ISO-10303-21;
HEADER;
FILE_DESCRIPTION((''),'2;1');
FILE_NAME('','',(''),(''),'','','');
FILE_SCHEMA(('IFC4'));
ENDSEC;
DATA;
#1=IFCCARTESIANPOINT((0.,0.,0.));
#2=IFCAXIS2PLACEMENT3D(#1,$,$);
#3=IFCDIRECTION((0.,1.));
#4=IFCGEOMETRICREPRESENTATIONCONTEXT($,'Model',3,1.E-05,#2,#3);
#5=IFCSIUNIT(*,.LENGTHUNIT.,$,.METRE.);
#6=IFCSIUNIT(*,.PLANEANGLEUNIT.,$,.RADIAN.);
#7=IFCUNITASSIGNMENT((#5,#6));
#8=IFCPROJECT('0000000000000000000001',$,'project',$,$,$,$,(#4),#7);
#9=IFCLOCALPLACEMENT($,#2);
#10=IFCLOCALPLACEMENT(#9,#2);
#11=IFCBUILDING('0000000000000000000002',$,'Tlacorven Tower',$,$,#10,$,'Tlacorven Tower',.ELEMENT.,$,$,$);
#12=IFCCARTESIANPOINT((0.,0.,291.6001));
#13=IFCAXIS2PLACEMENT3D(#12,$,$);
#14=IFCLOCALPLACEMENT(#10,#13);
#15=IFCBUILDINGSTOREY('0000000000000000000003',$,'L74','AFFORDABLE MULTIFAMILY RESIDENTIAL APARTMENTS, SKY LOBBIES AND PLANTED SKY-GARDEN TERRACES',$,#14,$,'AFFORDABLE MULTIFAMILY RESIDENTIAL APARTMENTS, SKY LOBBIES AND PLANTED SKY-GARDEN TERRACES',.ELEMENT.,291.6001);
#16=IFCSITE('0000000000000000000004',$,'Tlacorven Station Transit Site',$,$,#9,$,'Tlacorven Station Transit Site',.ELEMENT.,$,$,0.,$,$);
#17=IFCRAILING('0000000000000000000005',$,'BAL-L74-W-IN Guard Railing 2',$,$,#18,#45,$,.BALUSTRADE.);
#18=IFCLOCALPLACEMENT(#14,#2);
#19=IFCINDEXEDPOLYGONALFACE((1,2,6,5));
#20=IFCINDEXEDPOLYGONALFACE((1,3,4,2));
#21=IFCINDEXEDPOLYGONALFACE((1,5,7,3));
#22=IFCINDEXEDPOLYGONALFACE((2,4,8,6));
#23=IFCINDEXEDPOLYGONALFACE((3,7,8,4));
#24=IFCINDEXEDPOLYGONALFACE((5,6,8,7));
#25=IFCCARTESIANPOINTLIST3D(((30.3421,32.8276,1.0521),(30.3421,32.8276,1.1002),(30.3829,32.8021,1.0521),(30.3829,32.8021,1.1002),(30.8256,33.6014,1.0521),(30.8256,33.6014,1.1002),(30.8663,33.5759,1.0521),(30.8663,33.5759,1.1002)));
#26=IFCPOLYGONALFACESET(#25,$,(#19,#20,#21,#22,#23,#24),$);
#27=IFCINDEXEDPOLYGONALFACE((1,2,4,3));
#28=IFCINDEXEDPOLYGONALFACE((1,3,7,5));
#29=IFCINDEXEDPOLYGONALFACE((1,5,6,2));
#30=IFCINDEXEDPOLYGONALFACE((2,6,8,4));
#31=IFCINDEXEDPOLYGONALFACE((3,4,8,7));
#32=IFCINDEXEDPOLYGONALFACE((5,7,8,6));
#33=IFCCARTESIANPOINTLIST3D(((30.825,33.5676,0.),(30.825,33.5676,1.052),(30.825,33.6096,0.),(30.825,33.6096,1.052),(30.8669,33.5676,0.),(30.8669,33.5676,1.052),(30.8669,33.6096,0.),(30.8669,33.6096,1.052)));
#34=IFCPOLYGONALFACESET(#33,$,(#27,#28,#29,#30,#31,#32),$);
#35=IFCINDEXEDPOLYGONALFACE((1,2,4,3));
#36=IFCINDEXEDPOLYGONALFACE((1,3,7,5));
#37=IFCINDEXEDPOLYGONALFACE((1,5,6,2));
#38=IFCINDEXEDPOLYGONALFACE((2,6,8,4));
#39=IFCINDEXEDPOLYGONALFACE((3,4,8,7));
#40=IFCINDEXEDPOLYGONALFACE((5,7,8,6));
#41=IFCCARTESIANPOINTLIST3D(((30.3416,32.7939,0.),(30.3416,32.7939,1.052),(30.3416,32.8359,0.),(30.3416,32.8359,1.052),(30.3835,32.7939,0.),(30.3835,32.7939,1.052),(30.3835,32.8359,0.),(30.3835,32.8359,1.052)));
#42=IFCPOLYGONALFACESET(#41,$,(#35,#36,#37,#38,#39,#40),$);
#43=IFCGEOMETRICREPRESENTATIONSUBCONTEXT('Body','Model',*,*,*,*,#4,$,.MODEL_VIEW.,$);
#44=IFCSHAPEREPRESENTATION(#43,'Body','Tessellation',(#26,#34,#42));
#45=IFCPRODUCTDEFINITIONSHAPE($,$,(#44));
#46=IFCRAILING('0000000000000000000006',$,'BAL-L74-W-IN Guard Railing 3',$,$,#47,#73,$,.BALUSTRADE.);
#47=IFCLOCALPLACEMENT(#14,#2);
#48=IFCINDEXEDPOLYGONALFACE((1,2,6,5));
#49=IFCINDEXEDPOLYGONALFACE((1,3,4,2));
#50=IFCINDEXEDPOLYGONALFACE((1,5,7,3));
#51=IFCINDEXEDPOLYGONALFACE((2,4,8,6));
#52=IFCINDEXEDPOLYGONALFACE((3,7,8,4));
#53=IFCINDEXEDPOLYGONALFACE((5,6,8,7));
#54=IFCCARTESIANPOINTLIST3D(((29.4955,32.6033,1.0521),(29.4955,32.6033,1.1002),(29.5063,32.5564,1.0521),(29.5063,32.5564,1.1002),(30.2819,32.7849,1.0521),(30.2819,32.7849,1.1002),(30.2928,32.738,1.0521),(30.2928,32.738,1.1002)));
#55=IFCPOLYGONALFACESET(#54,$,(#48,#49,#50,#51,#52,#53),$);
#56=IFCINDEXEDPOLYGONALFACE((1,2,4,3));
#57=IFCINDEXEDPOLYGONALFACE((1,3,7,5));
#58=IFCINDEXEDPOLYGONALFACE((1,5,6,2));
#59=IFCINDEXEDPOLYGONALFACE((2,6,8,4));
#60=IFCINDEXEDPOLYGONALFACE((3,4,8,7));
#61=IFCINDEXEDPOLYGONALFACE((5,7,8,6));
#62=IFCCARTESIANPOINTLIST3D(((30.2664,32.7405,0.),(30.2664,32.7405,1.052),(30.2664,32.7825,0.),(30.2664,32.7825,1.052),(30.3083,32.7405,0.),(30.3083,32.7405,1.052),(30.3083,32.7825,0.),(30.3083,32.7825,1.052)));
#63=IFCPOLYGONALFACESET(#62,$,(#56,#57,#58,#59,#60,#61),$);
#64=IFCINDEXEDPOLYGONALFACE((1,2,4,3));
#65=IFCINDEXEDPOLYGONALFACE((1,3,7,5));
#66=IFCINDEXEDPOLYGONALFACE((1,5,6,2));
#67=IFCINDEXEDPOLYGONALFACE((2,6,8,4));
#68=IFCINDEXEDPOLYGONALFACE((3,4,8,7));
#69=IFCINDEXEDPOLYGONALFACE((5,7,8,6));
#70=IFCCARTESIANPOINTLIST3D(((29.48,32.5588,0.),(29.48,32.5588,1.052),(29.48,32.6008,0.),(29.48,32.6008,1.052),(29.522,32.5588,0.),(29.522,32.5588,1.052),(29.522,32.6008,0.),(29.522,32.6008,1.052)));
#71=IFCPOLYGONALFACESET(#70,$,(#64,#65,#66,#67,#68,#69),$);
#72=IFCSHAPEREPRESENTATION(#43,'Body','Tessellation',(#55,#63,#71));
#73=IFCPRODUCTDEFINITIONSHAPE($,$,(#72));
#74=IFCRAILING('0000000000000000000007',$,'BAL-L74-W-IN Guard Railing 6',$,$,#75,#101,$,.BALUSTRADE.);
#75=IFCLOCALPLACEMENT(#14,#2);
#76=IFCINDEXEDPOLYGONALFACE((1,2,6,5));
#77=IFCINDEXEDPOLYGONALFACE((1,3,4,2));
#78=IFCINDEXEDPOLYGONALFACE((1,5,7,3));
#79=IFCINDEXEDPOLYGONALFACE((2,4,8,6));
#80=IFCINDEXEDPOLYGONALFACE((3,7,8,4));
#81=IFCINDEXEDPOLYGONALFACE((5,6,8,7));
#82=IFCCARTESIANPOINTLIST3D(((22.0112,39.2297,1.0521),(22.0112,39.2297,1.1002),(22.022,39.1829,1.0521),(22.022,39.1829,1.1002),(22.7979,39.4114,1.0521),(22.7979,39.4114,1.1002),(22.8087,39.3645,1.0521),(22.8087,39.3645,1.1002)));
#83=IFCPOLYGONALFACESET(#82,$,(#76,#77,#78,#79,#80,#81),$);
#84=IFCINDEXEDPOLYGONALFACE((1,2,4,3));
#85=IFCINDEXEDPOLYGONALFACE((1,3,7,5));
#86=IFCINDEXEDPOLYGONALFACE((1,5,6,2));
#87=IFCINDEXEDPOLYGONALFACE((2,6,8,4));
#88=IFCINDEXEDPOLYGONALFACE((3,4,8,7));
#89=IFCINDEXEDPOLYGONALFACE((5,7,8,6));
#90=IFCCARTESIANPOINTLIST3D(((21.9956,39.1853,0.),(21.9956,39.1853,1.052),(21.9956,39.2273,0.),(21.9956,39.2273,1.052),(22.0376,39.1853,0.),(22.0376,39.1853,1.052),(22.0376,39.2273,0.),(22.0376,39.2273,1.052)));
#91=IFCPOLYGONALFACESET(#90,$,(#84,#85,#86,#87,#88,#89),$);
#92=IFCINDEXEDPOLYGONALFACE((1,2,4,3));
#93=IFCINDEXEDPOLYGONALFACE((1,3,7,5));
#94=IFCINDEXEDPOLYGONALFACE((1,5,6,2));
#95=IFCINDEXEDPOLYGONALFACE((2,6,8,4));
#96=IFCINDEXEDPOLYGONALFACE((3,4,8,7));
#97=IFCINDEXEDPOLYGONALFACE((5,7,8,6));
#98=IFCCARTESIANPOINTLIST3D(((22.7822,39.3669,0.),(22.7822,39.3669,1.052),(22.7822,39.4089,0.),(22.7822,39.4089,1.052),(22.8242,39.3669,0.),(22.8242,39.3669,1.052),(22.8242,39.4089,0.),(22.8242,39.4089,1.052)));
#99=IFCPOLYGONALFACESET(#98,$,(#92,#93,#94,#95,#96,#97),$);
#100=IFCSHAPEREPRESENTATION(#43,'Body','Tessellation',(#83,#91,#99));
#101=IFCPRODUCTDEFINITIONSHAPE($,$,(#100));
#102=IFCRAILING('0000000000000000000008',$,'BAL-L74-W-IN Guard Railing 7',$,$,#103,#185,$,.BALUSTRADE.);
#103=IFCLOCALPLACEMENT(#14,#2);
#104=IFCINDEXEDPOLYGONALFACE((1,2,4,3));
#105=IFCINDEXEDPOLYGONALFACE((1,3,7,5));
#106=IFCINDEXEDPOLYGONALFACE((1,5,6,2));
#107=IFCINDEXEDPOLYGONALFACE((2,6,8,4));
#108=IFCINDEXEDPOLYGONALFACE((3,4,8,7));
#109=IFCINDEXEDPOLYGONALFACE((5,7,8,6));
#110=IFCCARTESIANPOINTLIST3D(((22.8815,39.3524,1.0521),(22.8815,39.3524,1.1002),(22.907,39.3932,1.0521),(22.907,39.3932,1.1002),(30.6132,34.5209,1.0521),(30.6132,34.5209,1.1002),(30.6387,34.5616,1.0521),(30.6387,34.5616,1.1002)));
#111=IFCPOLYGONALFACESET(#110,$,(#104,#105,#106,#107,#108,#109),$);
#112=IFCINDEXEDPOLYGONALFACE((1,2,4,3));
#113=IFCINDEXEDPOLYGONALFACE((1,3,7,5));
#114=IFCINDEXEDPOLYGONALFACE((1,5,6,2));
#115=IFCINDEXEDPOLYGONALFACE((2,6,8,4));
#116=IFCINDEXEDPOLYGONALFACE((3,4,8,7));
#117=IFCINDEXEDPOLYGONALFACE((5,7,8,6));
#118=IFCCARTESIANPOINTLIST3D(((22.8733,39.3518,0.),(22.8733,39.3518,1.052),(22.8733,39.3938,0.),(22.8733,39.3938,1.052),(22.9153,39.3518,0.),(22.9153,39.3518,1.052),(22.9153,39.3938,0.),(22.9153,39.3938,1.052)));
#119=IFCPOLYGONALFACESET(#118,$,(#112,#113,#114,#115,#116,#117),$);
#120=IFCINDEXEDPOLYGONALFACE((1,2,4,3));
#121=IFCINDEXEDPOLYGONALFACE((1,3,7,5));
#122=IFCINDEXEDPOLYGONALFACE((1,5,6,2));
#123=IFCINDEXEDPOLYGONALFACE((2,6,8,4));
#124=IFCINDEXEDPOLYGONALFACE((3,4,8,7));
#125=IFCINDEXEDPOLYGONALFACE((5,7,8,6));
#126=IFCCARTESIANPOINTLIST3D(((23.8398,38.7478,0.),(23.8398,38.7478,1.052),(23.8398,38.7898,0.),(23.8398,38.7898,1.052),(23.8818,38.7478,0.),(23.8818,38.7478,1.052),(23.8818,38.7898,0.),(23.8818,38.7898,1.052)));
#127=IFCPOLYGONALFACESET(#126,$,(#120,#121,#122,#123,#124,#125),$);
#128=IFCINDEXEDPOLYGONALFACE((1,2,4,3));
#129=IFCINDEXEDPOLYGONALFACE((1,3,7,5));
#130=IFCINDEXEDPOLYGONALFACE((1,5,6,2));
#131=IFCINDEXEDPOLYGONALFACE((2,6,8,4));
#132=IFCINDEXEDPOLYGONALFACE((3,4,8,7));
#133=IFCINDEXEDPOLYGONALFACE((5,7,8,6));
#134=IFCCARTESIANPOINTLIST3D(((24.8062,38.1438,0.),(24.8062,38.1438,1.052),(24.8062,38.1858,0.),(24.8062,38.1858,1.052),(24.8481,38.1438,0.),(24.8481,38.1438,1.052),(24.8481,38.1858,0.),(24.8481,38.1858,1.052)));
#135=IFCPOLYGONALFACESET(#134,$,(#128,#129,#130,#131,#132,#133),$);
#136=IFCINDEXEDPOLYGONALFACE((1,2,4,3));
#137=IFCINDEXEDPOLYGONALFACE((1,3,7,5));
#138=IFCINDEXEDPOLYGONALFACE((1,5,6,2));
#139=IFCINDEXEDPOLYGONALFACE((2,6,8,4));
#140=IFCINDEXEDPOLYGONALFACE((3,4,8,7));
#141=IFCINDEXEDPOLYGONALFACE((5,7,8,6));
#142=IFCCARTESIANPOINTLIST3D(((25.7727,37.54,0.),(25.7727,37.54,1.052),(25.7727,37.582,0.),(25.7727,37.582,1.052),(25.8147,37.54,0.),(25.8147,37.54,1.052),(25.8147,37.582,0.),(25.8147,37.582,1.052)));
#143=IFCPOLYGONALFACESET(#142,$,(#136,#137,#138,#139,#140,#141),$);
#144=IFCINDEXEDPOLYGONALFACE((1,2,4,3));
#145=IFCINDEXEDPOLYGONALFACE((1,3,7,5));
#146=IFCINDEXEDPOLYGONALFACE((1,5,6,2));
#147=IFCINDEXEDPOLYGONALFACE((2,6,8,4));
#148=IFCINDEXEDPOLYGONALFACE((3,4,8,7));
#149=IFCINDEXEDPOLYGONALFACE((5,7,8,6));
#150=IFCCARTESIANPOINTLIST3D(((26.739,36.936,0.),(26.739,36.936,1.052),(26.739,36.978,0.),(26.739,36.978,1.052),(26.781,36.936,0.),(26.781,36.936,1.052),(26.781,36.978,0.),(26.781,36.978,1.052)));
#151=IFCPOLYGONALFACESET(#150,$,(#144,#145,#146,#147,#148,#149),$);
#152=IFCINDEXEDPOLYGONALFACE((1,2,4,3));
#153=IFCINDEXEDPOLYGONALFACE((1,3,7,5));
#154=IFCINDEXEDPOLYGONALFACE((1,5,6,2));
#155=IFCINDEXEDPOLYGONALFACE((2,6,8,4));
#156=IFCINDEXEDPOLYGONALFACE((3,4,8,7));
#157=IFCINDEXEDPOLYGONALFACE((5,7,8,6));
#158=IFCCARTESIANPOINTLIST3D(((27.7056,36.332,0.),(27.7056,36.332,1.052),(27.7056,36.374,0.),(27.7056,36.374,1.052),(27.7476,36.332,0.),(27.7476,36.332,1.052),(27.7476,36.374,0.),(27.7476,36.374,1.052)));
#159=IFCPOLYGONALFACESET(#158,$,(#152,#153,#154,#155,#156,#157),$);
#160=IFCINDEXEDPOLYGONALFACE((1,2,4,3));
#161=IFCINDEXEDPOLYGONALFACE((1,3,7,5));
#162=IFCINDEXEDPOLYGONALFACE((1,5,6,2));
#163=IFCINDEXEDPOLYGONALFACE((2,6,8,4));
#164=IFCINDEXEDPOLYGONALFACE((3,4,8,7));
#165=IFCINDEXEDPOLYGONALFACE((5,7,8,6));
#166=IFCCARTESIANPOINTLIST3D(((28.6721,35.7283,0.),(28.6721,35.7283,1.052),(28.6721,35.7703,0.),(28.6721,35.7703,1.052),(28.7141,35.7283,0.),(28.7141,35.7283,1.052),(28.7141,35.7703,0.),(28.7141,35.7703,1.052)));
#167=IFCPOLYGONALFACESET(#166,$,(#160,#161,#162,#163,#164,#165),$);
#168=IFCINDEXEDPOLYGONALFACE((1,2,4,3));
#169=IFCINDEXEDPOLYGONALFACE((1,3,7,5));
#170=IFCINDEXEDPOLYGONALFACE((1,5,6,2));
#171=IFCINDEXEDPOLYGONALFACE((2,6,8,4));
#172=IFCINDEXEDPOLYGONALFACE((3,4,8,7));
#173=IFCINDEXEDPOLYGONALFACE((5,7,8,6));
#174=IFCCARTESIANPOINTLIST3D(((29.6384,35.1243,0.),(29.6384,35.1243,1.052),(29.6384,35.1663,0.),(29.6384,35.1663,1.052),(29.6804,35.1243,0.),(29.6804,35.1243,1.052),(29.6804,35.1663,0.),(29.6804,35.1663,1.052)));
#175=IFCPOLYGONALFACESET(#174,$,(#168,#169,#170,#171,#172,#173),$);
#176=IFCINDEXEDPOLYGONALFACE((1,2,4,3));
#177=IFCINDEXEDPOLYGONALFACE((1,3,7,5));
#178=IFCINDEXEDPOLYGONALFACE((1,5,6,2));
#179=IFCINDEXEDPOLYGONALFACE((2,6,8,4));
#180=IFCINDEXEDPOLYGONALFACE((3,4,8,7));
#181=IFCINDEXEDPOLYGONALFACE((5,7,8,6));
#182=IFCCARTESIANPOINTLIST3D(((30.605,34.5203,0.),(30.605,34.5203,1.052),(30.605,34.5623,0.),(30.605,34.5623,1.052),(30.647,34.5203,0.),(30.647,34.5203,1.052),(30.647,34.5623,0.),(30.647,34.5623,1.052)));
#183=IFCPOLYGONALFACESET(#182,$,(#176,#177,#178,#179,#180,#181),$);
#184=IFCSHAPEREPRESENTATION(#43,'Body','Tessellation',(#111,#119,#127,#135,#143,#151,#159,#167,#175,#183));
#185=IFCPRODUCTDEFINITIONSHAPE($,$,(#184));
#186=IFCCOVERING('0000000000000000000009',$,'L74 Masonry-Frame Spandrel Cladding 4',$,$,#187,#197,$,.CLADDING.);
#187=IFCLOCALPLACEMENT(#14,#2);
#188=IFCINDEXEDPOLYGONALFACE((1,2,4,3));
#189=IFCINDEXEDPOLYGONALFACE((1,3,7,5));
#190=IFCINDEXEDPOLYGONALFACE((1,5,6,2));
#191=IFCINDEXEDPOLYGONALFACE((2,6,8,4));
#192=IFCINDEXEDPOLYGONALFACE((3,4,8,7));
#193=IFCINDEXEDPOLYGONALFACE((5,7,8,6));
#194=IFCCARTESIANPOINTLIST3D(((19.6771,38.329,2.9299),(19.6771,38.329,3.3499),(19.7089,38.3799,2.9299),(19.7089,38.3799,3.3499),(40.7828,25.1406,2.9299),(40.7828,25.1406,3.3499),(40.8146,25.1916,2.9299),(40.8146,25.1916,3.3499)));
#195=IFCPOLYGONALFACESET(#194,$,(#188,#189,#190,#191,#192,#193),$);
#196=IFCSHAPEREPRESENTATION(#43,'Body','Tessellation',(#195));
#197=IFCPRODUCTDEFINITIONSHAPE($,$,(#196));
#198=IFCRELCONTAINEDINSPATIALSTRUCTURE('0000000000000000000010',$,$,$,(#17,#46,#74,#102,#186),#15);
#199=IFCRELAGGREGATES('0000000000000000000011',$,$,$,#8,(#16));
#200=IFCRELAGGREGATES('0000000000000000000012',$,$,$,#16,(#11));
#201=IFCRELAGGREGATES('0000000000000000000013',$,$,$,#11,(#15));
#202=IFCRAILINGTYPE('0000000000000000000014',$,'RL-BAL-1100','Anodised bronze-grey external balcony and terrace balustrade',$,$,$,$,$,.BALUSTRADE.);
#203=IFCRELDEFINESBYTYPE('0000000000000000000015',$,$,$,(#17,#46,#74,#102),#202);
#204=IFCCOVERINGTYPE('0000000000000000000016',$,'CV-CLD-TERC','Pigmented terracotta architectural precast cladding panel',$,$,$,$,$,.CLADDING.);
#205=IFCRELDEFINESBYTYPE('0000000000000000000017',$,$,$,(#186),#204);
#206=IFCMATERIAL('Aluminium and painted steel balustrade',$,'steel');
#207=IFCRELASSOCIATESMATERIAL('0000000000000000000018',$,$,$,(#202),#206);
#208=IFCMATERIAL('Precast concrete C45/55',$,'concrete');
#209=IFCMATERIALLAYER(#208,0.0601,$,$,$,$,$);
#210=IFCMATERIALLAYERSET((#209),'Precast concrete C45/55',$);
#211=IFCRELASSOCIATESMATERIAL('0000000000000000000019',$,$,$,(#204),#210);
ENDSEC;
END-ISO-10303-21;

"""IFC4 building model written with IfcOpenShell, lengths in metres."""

from ifc_helpers import new_model, si_unit, direction, frame, origin, origin_2d, place, context, subcontext, project, spatial, rectangle, extrude, source, transform, mapped, material, layer, layer_set, type_object, element, save


model = new_model("IFC4")

# Units and contexts
model_context = context("Model", 3, precision=1e-05, world=origin(), true_north=direction((0.0, 1.0)))
body_context = subcontext(model_context, "Body", "Model", "MODEL_VIEW")
ifc_project = project(units=[si_unit("LENGTHUNIT", "METRE"), si_unit("PLANEANGLEUNIT", "RADIAN")], contexts=[model_context])

# Site, building, storey
site_placement = place(None, origin())
site = spatial("IfcSite", under=ifc_project, at=site_placement, Name="Tlacorven Station Transit Site", LongName="Tlacorven Station Transit Site", CompositionType="ELEMENT", RefElevation=0.0)
building_placement = place(site_placement, origin())
building = spatial("IfcBuilding", under=site, at=building_placement, Name="Tlacorven Tower", LongName="Tlacorven Tower", CompositionType="ELEMENT")
storey_placement = place(building_placement, frame((0.0, 0.0, 291.6001)))
storey = spatial("IfcBuildingStorey", under=building, at=storey_placement, Name="L74", Description="AFFORDABLE MULTIFAMILY RESIDENTIAL APARTMENTS, SKY LOBBIES AND PLANTED SKY-GARDEN TERRACES", LongName="AFFORDABLE MULTIFAMILY RESIDENTIAL APARTMENTS, SKY LOBBIES AND PLANTED SKY-GARDEN TERRACES", CompositionType="ELEMENT", Elevation=291.6001)

# Railings
ifc_material_1 = material(Name="Aluminium and painted steel balustrade", Category="steel")
railing_type = type_object("IfcRailingType", Name="RL-BAL-1100", Description="Anodised bronze-grey external balcony and terrace balustrade", PredefinedType="BALUSTRADE", material=ifc_material_1)
shared_shape_1 = source(origin(), body_context, "Body", "SweptSolid", [
    extrude(rectangle(XDim=0.0481, YDim=0.0481, at=origin_2d()), frame((0.0, 0.0, 1.0762), z_axis=(-0.529879, -0.848073, 0.0), x_axis=(0.848073, -0.529879, 0.0)), (0.0, 0.0, 1.0), 0.9124),
    extrude(rectangle(XDim=0.042, YDim=0.042, at=origin_2d()), origin(), (0.0, 0.0, 1.0), 1.052),
    extrude(rectangle(XDim=0.042, YDim=0.042, at=origin_2d()), frame((-0.4834, -0.7737, 0.0)), (0.0, 0.0, 1.0), 1.052),
])
railing_1_placement = place(storey_placement, frame((30.8459, 33.5886, 0.0)))
element("IfcRailing", 1, at=railing_1_placement, inside=storey, type_object=railing_type, Name="BAL-L74-W-IN Guard Railing 2", PredefinedType="BALUSTRADE", context=body_context, shape_type="MappedRepresentation", body=[
    mapped(shared_shape_1, transform((0.0, 0.0, 0.0), scale=1.0)),
])
shared_shape_2 = source(origin(), body_context, "Body", "SweptSolid", [
    extrude(rectangle(XDim=0.0481, YDim=0.0481, at=origin_2d()), frame((0.0, 0.0, 1.0762), z_axis=(-0.974345, -0.225058, 0.0), x_axis=(0.225058, -0.974345, 0.0)), (0.0, 0.0, 1.0), 0.8071),
    extrude(rectangle(XDim=0.042, YDim=0.042, at=origin_2d()), origin(), (0.0, 0.0, 1.0), 1.052),
    extrude(rectangle(XDim=0.042, YDim=0.042, at=origin_2d()), frame((-0.7864, -0.1816, 0.0)), (0.0, 0.0, 1.0), 1.052),
])
railing_2_placement = place(storey_placement, frame((30.2874, 32.7615, 0.0)))
element("IfcRailing", 2, at=railing_2_placement, inside=storey, type_object=railing_type, Name="BAL-L74-W-IN Guard Railing 3", PredefinedType="BALUSTRADE", context=body_context, shape_type="MappedRepresentation", body=[
    mapped(shared_shape_2, transform((0.0, 0.0, 0.0), scale=1.0)),
])
shared_shape_3 = source(origin(), body_context, "Body", "SweptSolid", [
    extrude(rectangle(XDim=0.0481, YDim=0.0481, at=origin_2d()), frame((0.0, 0.0, 1.0762), z_axis=(0.974361, 0.224992, 0.0), x_axis=(-0.224992, 0.974361, 0.0)), (0.0, 0.0, 1.0), 0.8074),
    extrude(rectangle(XDim=0.042, YDim=0.042, at=origin_2d()), origin(), (0.0, 0.0, 1.0), 1.052),
    extrude(rectangle(XDim=0.042, YDim=0.042, at=origin_2d()), frame((0.7866, 0.1816, 0.0)), (0.0, 0.0, 1.0), 1.052),
])
railing_3_placement = place(storey_placement, frame((22.0166, 39.2063, 0.0)))
element("IfcRailing", 3, at=railing_3_placement, inside=storey, type_object=railing_type, Name="BAL-L74-W-IN Guard Railing 6", PredefinedType="BALUSTRADE", context=body_context, shape_type="MappedRepresentation", body=[
    mapped(shared_shape_3, transform((0.0, 0.0, 0.0), scale=1.0)),
])
shared_shape_4 = source(origin(), body_context, "Body", "SweptSolid", [
    extrude(rectangle(XDim=0.0481, YDim=0.0481, at=origin_2d()), frame((0.0, 0.0, 1.0762), z_axis=(0.848036, -0.529939, 0.0), x_axis=(0.529939, 0.848036, 0.0)), (0.0, 0.0, 1.0), 9.1172),
    extrude(rectangle(XDim=0.042, YDim=0.042, at=origin_2d()), origin(), (0.0, 0.0, 1.0), 1.052),
    extrude(rectangle(XDim=0.042, YDim=0.042, at=origin_2d()), frame((0.9666, -0.604, 0.0)), (0.0, 0.0, 1.0), 1.052),
    extrude(rectangle(XDim=0.042, YDim=0.042, at=origin_2d()), frame((1.9329, -1.208, 0.0)), (0.0, 0.0, 1.0), 1.052),
    extrude(rectangle(XDim=0.042, YDim=0.042, at=origin_2d()), frame((2.8994, -1.8118, 0.0)), (0.0, 0.0, 1.0), 1.052),
    extrude(rectangle(XDim=0.042, YDim=0.042, at=origin_2d()), frame((3.8657, -2.4158, 0.0)), (0.0, 0.0, 1.0), 1.052),
    extrude(rectangle(XDim=0.042, YDim=0.042, at=origin_2d()), frame((4.8323, -3.0198, 0.0)), (0.0, 0.0, 1.0), 1.052),
    extrude(rectangle(XDim=0.042, YDim=0.042, at=origin_2d()), frame((5.7988, -3.6235, 0.0)), (0.0, 0.0, 1.0), 1.052),
    extrude(rectangle(XDim=0.042, YDim=0.042, at=origin_2d()), frame((6.7651, -4.2275, 0.0)), (0.0, 0.0, 1.0), 1.052),
    extrude(rectangle(XDim=0.042, YDim=0.042, at=origin_2d()), frame((7.7317, -4.8315, 0.0)), (0.0, 0.0, 1.0), 1.052),
])
railing_4_placement = place(storey_placement, frame((22.8943, 39.3728, 0.0)))
element("IfcRailing", 4, at=railing_4_placement, inside=storey, type_object=railing_type, Name="BAL-L74-W-IN Guard Railing 7", PredefinedType="BALUSTRADE", context=body_context, shape_type="MappedRepresentation", body=[
    mapped(shared_shape_4, transform((0.0, 0.0, 0.0), scale=1.0)),
])

# Covering
ifc_material_2 = material(Name="Precast concrete C45/55", Category="concrete")
ifc_layer_1 = layer(ifc_material_2, 0.0601)
ifc_layer_set_1 = layer_set([ifc_layer_1], Name="Precast concrete C45/55")
covering_type = type_object("IfcCoveringType", Name="CV-CLD-TERC", Description="Pigmented terracotta architectural precast cladding panel", PredefinedType="CLADDING", material=ifc_layer_set_1)
shared_shape_5 = source(origin(), body_context, "Body", "SweptSolid", [
    extrude(rectangle(XDim=24.8875, YDim=0.0601, at=origin_2d()), origin(), (0.0, 0.0, 1.0), 0.4199),
])
covering_placement = place(storey_placement, frame((30.2458, 31.7603, 2.9299), z_axis=(0.0, 0.0, 1.0), x_axis=(0.848048, -0.529919, 0.0)))
element("IfcCovering", 5, at=covering_placement, inside=storey, type_object=covering_type, Name="L74 Masonry-Frame Spandrel Cladding 4", PredefinedType="CLADDING", context=body_context, shape_type="MappedRepresentation", body=[
    mapped(shared_shape_5, transform((0.0, 0.0, 0.0), scale=1.0)),
])

save(model, "model.ifc")
